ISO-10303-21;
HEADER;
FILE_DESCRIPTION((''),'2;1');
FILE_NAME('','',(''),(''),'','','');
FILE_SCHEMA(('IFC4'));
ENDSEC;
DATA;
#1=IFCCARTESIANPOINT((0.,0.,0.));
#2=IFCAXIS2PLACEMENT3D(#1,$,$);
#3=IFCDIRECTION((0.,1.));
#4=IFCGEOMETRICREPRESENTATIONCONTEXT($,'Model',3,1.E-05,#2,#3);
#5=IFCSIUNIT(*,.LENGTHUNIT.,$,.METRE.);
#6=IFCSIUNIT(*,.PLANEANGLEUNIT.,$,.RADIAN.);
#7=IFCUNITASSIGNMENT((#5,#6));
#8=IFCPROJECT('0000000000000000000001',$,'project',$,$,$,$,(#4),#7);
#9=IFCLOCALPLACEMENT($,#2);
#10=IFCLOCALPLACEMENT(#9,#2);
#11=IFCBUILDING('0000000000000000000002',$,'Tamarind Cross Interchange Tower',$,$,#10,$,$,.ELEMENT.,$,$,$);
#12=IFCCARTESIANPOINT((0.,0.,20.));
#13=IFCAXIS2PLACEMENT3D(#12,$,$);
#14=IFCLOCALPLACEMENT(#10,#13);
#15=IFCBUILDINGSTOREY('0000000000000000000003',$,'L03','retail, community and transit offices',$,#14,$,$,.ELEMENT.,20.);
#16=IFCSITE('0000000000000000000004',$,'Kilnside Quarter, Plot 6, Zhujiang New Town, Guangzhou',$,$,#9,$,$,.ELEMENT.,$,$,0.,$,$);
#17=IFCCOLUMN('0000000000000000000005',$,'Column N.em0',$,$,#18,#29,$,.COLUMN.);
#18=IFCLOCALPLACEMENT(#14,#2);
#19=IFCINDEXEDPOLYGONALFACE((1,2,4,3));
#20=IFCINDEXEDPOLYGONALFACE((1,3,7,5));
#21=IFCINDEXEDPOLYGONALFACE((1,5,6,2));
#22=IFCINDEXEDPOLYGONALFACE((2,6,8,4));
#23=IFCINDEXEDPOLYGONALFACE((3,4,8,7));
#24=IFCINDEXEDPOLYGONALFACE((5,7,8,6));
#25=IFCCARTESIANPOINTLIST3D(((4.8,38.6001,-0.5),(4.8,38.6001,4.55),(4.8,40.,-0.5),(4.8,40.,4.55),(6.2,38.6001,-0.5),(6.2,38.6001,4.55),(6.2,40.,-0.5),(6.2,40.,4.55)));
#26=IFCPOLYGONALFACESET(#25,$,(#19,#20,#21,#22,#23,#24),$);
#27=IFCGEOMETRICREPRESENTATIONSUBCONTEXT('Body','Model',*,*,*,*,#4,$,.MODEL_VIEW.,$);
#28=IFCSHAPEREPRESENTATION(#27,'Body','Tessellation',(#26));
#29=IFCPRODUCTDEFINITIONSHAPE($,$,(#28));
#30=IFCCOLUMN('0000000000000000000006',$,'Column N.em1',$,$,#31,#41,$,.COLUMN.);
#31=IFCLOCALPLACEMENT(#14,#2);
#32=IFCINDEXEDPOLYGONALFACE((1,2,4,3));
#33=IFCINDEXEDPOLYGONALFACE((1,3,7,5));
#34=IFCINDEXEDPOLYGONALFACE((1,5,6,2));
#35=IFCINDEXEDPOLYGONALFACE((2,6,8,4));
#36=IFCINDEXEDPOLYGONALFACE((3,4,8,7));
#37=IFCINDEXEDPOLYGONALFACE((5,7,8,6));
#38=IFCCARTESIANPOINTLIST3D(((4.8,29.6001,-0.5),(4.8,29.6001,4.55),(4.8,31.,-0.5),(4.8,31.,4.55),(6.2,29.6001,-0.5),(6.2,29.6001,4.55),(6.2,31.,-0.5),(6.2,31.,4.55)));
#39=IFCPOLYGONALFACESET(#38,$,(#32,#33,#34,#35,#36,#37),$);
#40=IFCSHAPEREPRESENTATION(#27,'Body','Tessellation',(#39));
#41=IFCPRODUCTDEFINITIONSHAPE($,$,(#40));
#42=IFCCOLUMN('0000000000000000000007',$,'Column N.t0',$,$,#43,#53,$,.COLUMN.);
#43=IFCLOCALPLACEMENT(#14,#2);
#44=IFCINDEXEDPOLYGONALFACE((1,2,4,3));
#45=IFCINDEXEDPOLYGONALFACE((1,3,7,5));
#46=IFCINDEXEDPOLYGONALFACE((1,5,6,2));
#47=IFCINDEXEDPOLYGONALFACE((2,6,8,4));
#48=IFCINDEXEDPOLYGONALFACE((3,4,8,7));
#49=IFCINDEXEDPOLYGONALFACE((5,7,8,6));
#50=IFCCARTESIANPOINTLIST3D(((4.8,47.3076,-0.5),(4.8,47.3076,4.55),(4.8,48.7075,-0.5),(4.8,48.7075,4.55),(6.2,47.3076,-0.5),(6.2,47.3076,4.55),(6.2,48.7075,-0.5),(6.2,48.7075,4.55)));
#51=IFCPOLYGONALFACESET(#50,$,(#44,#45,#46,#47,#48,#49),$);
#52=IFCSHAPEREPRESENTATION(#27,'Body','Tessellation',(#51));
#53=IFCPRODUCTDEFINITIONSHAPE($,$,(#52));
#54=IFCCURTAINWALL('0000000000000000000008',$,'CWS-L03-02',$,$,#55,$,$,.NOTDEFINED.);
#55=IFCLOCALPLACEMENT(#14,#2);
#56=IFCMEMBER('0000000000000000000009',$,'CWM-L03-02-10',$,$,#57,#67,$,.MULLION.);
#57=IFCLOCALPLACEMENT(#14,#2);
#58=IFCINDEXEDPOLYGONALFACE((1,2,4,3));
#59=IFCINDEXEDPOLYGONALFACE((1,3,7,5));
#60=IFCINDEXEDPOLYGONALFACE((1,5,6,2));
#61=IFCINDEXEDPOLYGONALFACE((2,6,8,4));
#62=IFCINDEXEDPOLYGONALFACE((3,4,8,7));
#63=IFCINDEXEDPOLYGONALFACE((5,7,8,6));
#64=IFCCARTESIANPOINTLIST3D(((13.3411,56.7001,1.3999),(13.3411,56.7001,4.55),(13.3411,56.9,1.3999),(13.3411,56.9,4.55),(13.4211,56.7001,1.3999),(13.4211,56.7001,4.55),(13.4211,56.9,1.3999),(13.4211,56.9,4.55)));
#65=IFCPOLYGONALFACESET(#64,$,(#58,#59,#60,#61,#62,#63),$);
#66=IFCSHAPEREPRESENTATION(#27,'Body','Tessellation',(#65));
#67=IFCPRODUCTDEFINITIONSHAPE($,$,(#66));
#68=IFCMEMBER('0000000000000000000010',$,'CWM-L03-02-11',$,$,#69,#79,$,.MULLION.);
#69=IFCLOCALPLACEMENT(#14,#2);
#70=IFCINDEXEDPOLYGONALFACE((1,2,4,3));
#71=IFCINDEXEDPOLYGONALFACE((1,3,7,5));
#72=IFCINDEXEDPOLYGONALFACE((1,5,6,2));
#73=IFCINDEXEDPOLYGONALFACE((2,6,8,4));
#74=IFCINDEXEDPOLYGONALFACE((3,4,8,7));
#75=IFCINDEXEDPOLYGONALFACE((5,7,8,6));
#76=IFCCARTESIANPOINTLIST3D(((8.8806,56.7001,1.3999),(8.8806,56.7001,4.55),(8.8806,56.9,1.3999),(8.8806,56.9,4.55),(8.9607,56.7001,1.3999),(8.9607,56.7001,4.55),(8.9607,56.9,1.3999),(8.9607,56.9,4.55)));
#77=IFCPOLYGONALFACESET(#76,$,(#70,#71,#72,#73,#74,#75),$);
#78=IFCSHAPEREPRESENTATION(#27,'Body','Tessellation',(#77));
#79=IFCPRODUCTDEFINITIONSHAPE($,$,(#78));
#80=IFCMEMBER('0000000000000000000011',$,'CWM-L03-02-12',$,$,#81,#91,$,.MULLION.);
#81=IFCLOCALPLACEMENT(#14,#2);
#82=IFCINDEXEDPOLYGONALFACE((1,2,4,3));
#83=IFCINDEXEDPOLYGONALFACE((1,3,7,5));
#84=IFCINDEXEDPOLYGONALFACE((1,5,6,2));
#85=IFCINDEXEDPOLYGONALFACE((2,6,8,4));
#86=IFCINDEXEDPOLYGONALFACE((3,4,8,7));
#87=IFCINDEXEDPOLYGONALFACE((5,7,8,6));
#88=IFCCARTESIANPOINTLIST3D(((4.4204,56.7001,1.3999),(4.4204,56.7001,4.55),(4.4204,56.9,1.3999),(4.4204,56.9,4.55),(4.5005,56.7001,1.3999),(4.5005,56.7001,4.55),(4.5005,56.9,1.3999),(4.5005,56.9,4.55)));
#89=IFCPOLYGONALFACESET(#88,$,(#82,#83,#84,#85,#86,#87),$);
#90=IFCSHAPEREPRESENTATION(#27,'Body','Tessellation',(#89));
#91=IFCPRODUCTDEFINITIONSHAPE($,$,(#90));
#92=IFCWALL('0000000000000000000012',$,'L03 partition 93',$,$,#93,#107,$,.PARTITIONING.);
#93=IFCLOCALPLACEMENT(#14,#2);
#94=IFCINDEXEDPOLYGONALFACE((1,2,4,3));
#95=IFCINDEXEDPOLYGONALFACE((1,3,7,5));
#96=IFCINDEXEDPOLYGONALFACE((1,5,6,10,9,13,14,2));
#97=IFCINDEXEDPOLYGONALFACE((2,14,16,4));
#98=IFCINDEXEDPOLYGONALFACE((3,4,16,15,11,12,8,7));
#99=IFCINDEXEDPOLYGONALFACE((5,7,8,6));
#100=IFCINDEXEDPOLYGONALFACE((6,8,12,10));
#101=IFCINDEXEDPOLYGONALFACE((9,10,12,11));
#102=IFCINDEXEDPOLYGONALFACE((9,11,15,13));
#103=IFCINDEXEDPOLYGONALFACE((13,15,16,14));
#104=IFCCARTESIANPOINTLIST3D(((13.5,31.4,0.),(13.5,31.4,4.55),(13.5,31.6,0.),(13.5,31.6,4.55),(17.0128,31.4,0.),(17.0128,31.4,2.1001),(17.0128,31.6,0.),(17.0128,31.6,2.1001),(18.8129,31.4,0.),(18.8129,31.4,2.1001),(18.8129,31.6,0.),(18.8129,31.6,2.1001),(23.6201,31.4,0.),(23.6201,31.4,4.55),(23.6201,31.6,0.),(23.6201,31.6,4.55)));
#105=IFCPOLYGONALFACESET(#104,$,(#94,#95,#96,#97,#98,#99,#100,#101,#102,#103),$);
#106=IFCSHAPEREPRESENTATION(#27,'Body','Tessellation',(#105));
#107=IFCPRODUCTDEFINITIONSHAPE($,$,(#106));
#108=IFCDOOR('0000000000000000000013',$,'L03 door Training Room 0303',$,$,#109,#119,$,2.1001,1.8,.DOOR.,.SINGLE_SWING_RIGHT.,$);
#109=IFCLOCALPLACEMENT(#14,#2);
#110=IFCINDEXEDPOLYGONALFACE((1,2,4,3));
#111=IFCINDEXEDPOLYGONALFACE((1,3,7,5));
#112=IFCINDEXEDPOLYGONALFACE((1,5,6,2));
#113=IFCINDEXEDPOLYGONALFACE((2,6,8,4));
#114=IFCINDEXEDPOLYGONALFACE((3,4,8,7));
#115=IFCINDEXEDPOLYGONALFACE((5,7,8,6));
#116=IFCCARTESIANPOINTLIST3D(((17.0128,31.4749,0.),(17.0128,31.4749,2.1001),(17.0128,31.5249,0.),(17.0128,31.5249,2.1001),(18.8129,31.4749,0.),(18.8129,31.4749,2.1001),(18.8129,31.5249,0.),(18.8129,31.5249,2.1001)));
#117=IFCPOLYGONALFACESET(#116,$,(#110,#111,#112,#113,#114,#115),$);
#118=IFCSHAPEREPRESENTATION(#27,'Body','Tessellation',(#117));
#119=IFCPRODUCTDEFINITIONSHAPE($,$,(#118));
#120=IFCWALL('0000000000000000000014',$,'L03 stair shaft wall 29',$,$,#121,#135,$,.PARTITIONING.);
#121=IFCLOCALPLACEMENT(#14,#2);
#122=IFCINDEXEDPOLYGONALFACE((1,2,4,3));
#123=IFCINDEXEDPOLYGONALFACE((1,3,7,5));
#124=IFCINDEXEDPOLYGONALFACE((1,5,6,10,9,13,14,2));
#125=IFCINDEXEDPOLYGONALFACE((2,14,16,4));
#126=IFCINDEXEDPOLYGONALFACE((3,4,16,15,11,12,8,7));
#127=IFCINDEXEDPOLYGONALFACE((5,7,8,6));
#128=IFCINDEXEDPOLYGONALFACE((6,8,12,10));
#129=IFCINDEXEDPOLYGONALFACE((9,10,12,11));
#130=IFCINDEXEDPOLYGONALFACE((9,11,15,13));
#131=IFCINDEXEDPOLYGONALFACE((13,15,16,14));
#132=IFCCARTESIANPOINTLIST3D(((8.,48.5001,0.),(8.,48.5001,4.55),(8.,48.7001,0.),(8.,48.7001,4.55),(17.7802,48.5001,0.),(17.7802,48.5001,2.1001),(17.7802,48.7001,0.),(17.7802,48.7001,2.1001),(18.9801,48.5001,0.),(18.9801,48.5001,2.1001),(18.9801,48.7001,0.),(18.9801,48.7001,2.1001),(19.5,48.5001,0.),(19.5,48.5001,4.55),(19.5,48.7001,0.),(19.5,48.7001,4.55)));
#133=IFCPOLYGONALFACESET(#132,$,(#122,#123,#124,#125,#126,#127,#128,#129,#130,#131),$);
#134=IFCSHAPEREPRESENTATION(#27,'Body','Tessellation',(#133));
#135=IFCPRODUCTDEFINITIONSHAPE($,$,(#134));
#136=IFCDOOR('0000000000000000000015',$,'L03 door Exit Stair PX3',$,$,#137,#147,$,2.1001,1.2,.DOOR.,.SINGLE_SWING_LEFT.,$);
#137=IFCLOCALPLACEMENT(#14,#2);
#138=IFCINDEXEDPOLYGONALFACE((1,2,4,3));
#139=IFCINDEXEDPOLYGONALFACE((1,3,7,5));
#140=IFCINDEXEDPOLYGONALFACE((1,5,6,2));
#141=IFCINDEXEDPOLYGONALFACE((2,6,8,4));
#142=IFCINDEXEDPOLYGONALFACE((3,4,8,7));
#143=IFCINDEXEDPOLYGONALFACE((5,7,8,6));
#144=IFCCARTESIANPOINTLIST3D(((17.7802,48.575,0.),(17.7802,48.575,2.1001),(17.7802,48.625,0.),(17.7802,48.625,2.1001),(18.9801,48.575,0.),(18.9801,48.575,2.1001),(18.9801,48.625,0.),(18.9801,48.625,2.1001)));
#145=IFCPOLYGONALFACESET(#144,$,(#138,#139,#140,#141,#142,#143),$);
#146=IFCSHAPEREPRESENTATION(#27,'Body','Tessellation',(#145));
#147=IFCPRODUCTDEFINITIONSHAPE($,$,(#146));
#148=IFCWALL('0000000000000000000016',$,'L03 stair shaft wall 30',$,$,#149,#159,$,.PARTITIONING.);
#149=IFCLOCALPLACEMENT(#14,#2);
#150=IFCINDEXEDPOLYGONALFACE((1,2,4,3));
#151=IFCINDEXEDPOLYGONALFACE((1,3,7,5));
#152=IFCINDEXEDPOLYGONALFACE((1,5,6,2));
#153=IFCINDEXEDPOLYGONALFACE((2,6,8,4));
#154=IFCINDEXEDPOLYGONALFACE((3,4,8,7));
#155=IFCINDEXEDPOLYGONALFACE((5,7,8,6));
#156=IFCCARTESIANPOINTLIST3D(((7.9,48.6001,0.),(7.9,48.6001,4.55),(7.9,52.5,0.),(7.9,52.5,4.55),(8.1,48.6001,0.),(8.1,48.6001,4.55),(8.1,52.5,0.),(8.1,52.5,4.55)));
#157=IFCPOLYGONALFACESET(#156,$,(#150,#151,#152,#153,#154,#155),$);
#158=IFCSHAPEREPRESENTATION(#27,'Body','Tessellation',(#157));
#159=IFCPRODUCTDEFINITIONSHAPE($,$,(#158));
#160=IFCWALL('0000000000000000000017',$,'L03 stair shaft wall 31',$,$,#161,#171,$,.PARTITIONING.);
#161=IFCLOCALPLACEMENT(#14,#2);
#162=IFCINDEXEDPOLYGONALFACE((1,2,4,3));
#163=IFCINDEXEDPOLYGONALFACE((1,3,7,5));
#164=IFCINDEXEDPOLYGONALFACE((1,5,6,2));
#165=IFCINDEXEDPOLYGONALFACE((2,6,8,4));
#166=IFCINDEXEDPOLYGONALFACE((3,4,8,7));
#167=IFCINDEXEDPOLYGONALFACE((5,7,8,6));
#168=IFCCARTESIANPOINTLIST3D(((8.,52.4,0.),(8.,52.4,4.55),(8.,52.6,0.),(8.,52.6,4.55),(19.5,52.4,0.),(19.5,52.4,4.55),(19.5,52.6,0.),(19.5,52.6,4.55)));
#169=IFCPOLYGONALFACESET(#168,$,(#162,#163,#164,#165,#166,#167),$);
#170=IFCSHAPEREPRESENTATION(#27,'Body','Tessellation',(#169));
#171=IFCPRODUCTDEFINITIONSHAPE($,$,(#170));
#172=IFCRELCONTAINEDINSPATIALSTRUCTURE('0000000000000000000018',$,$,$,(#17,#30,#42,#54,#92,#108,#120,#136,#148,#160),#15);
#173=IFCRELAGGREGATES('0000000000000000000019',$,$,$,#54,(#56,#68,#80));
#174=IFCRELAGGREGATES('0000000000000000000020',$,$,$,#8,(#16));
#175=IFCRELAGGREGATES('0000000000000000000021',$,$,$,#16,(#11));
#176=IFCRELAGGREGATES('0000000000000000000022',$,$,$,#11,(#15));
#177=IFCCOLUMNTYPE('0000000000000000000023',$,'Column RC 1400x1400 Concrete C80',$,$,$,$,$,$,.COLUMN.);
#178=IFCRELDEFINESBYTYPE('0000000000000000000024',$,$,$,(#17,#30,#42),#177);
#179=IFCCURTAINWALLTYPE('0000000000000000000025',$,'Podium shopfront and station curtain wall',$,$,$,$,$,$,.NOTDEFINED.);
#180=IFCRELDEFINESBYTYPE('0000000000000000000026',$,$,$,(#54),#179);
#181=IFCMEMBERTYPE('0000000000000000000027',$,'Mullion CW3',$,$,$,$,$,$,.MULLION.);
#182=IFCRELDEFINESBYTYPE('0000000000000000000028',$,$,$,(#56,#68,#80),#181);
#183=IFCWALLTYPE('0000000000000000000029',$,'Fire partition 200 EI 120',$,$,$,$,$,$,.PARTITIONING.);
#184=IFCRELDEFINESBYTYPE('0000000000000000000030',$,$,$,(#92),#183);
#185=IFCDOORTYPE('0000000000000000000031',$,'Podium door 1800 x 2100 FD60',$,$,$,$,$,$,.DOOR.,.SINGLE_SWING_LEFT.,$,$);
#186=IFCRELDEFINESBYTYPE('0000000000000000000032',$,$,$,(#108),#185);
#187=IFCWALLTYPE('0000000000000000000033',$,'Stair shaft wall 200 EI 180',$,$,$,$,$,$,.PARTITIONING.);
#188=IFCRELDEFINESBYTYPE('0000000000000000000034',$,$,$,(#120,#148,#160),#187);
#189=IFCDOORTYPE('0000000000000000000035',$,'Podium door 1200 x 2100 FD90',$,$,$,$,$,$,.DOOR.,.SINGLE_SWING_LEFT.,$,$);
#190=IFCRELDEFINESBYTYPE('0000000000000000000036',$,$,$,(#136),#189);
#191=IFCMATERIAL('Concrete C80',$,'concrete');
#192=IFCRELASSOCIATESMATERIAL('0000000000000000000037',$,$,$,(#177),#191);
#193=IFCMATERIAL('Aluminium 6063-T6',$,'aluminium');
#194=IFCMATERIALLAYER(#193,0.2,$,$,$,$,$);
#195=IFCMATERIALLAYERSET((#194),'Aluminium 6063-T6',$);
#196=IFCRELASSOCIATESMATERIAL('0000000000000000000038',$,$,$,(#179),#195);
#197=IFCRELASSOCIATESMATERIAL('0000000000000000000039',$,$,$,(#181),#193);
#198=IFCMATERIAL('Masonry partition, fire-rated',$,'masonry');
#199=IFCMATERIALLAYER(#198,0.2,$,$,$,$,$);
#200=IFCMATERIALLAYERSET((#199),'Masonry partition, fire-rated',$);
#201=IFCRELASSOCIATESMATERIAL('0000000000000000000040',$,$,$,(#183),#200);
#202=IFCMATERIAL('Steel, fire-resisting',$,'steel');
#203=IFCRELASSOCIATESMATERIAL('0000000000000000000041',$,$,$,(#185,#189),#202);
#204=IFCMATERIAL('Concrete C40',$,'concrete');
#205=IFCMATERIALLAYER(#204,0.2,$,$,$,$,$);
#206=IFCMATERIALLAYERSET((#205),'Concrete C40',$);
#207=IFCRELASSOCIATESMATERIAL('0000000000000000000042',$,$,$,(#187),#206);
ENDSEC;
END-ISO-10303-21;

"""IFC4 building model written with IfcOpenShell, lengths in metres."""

from ifc_helpers import new_model, si_unit, direction, frame, frame_2d, origin, origin_2d, place, context, subcontext, project, spatial, rectangle, extrude, material, layer, layer_set, material_profile, profile_set, type_object, element, fill, aggregate, save


model = new_model("IFC4")

# Units and contexts
model_context = context("Model", 3, precision=1e-05, world=origin(), true_north=direction((0.0, 1.0)))
body_context = subcontext(model_context, "Body", "Model", "MODEL_VIEW")
ifc_project = project(units=[si_unit("LENGTHUNIT", "METRE"), si_unit("PLANEANGLEUNIT", "RADIAN")], contexts=[model_context])

# Site, building, storey
site_placement = place(None, origin())
site = spatial("IfcSite", under=ifc_project, at=site_placement, Name="Kilnside Quarter, Plot 6, Zhujiang New Town, Guangzhou", CompositionType="ELEMENT", RefElevation=0.0)
building_placement = place(site_placement, origin())
building = spatial("IfcBuilding", under=site, at=building_placement, Name="Tamarind Cross Interchange Tower", CompositionType="ELEMENT")
storey_placement = place(building_placement, frame((0.0, 0.0, 20.0)))
storey = spatial("IfcBuildingStorey", under=building, at=storey_placement, Name="L03", Description="retail, community and transit offices", CompositionType="ELEMENT", Elevation=20.0)

# Columns
ifc_material_1 = material(Name="Concrete C80", Category="concrete")
ifc_material_profile_1 = material_profile(ifc_material_1, rectangle(XDim=1.3999, YDim=1.3999, at=origin_2d()), Name="RC 1400x1400")
ifc_profile_set_1 = profile_set([ifc_material_profile_1], Name="Concrete C80")
column_type = type_object("IfcColumnType", Name="Column RC 1400x1400 Concrete C80", PredefinedType="COLUMN", material=ifc_profile_set_1)
for number, where, z_axis, x_axis, name in (
    (1, (5.5, 39.3, -0.5), (0.0, 0.0, 1.0), (1.0, 0.0, 0.0), "Column N.em0"),
    (2, (5.5, 30.3, -0.5), (0.0, 0.0, 1.0), (1.0, 0.0, 0.0), "Column N.em1"),
    (3, (5.5, 48.0076, -0.5), (0.0, 0.0, 1.0), (1.0, 0.0, 0.0), "Column N.t0"),
):
    element("IfcColumn", number, at=place(storey_placement, frame(where, z_axis=z_axis, x_axis=x_axis)), inside=storey, type_object=column_type, Name=name, PredefinedType="COLUMN", context=body_context, shape_type="SweptSolid", body=[
        extrude(rectangle(XDim=1.3999, YDim=1.3999, at=origin_2d()), origin(), (0.0, 0.0, 1.0), 5.05),
    ])

# Curtain wall, members
ifc_material_2 = material(Name="Aluminium 6063-T6", Category="aluminium")
ifc_layer_1 = layer(ifc_material_2, 0.2)
ifc_layer_set_1 = layer_set([ifc_layer_1], Name="Aluminium 6063-T6")
curtain_wall_type = type_object("IfcCurtainWallType", Name="Podium shopfront and station curtain wall", PredefinedType="NOTDEFINED", material=ifc_layer_set_1)
curtain_wall_placement = place(storey_placement, origin())
curtain_wall = element("IfcCurtainWall", 4, at=curtain_wall_placement, inside=storey, type_object=curtain_wall_type, Name="CWS-L03-02", PredefinedType="NOTDEFINED")
ifc_material_profile_2 = material_profile(ifc_material_2, rectangle(XDim=0.0801, YDim=0.2, at=origin_2d()), Name="Mullion CW3")
ifc_profile_set_2 = profile_set([ifc_material_profile_2], Name="Aluminium 6063-T6")
member_type = type_object("IfcMemberType", Name="Mullion CW3", PredefinedType="MULLION", material=ifc_profile_set_2)
member_1_placement = place(storey_placement, frame((13.3811, 56.8, 1.3999), z_axis=(0.0, 0.0, 1.0), x_axis=(-1.0, 0.0, 0.0)))
member_1 = element("IfcMember", 5, at=member_1_placement, type_object=member_type, Name="CWM-L03-02-10", PredefinedType="MULLION", context=body_context, shape_type="SweptSolid", body=[
    extrude(rectangle(XDim=0.0801, YDim=0.2, at=origin_2d()), origin(), (0.0, 0.0, 1.0), 3.1501),
])
member_2_placement = place(storey_placement, frame((8.9207, 56.8, 1.3999), z_axis=(0.0, 0.0, 1.0), x_axis=(-1.0, 0.0, 0.0)))
member_2 = element("IfcMember", 6, at=member_2_placement, type_object=member_type, Name="CWM-L03-02-11", PredefinedType="MULLION", context=body_context, shape_type="SweptSolid", body=[
    extrude(rectangle(XDim=0.0801, YDim=0.2, at=origin_2d()), origin(), (0.0, 0.0, 1.0), 3.1501),
])
member_3_placement = place(storey_placement, frame((4.4604, 56.8, 1.3999), z_axis=(0.0, 0.0, 1.0), x_axis=(-1.0, 0.0, 0.0)))
member_3 = element("IfcMember", 7, at=member_3_placement, type_object=member_type, Name="CWM-L03-02-12", PredefinedType="MULLION", context=body_context, shape_type="SweptSolid", body=[
    extrude(rectangle(XDim=0.0801, YDim=0.2, at=origin_2d()), origin(), (0.0, 0.0, 1.0), 3.1501),
])
aggregate(curtain_wall, [member_1, member_2, member_3])

# Walls, openings, doors
ifc_material_3 = material(Name="Masonry partition, fire-rated", Category="masonry")
ifc_layer_2 = layer(ifc_material_3, 0.2)
ifc_layer_set_2 = layer_set([ifc_layer_2], Name="Masonry partition, fire-rated")
wall_type_1 = type_object("IfcWallType", Name="Fire partition 200 EI 120", PredefinedType="PARTITIONING", material=ifc_layer_set_2)
wall_1_placement = place(storey_placement, frame((13.5, 31.5, 0.0), z_axis=(0.0, 0.0, 1.0), x_axis=(1.0, 0.0, 0.0)))
wall_1 = element("IfcWall", 8, at=wall_1_placement, inside=storey, type_object=wall_type_1, Name="L03 partition 93", PredefinedType="PARTITIONING", context=body_context, shape_type="SweptSolid", body=[
    extrude(rectangle(XDim=10.1201, YDim=0.2, at=frame_2d((5.0601, 0.0))), origin(), (0.0, 0.0, 1.0), 4.55),
])
opening_1_placement = place(wall_1_placement, frame((3.5129, 0.0, 0.0)))
opening_1 = element("IfcOpeningElement", 9, at=opening_1_placement, cuts=wall_1, PredefinedType="OPENING", context=body_context, shape_type="SweptSolid", body=[
    extrude(rectangle(XDim=1.8, YDim=2.1001, at=frame_2d((0.8999, 1.05))), frame((0.0, 0.1099, 0.0), z_axis=(0.0, -1.0, 0.0), x_axis=(1.0, 0.0, 0.0)), (0.0, 0.0, 1.0), 0.22),
])
ifc_material_4 = material(Name="Steel, fire-resisting", Category="steel")
door_type_1 = type_object("IfcDoorType", Name="Podium door 1800 x 2100 FD60", OperationType="SINGLE_SWING_LEFT", PredefinedType="DOOR", material=ifc_material_4)
door_1_placement = place(opening_1_placement, origin())
door_1 = element("IfcDoor", 10, at=door_1_placement, inside=storey, type_object=door_type_1, Name="L03 door Training Room 0303", OperationType="SINGLE_SWING_RIGHT", OverallHeight=2.1001, OverallWidth=1.8, PredefinedType="DOOR", context=body_context, shape_type="SweptSolid", body=[
    extrude(rectangle(XDim=1.8, YDim=2.1001, at=frame_2d((0.8999, 1.05))), frame((0.0, 0.0249, 0.0), z_axis=(0.0, -1.0, 0.0), x_axis=(1.0, 0.0, 0.0)), (0.0, 0.0, 1.0), 0.05),
])
fill(opening_1, door_1)
ifc_material_5 = material(Name="Concrete C40", Category="concrete")
ifc_layer_3 = layer(ifc_material_5, 0.2)
ifc_layer_set_3 = layer_set([ifc_layer_3], Name="Concrete C40")
wall_type_2 = type_object("IfcWallType", Name="Stair shaft wall 200 EI 180", PredefinedType="PARTITIONING", material=ifc_layer_set_3)
wall_2_placement = place(storey_placement, frame((8.0, 48.6001, 0.0), z_axis=(0.0, 0.0, 1.0), x_axis=(1.0, 0.0, 0.0)))
wall_2 = element("IfcWall", 11, at=wall_2_placement, inside=storey, type_object=wall_type_2, Name="L03 stair shaft wall 29", PredefinedType="PARTITIONING", context=body_context, shape_type="SweptSolid", body=[
    extrude(rectangle(XDim=11.5, YDim=0.2, at=frame_2d((5.75, 0.0))), origin(), (0.0, 0.0, 1.0), 4.55),
])
opening_2_placement = place(wall_2_placement, frame((9.78, 0.0, 0.0)))
opening_2 = element("IfcOpeningElement", 12, at=opening_2_placement, cuts=wall_2, PredefinedType="OPENING", context=body_context, shape_type="SweptSolid", body=[
    extrude(rectangle(XDim=1.2, YDim=2.1001, at=frame_2d((0.6001, 1.05))), frame((0.0, 0.1099, 0.0), z_axis=(0.0, -1.0, 0.0), x_axis=(1.0, 0.0, 0.0)), (0.0, 0.0, 1.0), 0.22),
])
door_type_2 = type_object("IfcDoorType", Name="Podium door 1200 x 2100 FD90", OperationType="SINGLE_SWING_LEFT", PredefinedType="DOOR", material=ifc_material_4)
door_2_placement = place(opening_2_placement, origin())
door_2 = element("IfcDoor", 13, at=door_2_placement, inside=storey, type_object=door_type_2, Name="L03 door Exit Stair PX3", OperationType="SINGLE_SWING_LEFT", OverallHeight=2.1001, OverallWidth=1.2, PredefinedType="DOOR", context=body_context, shape_type="SweptSolid", body=[
    extrude(rectangle(XDim=1.2, YDim=2.1001, at=frame_2d((0.6001, 1.05))), frame((0.0, 0.0249, 0.0), z_axis=(0.0, -1.0, 0.0), x_axis=(1.0, 0.0, 0.0)), (0.0, 0.0, 1.0), 0.05),
])
fill(opening_2, door_2)

# Walls
wall_3_placement = place(storey_placement, frame((8.0, 48.6001, 0.0), z_axis=(0.0, 0.0, 1.0), x_axis=(0.0, 1.0, 0.0)))
element("IfcWall", 14, at=wall_3_placement, inside=storey, type_object=wall_type_2, Name="L03 stair shaft wall 30", PredefinedType="PARTITIONING", context=body_context, shape_type="SweptSolid", body=[
    extrude(rectangle(XDim=3.8999, YDim=0.2, at=frame_2d((1.95, 0.0))), origin(), (0.0, 0.0, 1.0), 4.55),
])
wall_4_placement = place(storey_placement, frame((8.0, 52.5, 0.0), z_axis=(0.0, 0.0, 1.0), x_axis=(1.0, 0.0, 0.0)))
element("IfcWall", 15, at=wall_4_placement, inside=storey, type_object=wall_type_2, Name="L03 stair shaft wall 31", PredefinedType="PARTITIONING", context=body_context, shape_type="SweptSolid", body=[
    extrude(rectangle(XDim=11.5, YDim=0.2, at=frame_2d((5.75, 0.0))), origin(), (0.0, 0.0, 1.0), 4.55),
])

save(model, "model.ifc")
